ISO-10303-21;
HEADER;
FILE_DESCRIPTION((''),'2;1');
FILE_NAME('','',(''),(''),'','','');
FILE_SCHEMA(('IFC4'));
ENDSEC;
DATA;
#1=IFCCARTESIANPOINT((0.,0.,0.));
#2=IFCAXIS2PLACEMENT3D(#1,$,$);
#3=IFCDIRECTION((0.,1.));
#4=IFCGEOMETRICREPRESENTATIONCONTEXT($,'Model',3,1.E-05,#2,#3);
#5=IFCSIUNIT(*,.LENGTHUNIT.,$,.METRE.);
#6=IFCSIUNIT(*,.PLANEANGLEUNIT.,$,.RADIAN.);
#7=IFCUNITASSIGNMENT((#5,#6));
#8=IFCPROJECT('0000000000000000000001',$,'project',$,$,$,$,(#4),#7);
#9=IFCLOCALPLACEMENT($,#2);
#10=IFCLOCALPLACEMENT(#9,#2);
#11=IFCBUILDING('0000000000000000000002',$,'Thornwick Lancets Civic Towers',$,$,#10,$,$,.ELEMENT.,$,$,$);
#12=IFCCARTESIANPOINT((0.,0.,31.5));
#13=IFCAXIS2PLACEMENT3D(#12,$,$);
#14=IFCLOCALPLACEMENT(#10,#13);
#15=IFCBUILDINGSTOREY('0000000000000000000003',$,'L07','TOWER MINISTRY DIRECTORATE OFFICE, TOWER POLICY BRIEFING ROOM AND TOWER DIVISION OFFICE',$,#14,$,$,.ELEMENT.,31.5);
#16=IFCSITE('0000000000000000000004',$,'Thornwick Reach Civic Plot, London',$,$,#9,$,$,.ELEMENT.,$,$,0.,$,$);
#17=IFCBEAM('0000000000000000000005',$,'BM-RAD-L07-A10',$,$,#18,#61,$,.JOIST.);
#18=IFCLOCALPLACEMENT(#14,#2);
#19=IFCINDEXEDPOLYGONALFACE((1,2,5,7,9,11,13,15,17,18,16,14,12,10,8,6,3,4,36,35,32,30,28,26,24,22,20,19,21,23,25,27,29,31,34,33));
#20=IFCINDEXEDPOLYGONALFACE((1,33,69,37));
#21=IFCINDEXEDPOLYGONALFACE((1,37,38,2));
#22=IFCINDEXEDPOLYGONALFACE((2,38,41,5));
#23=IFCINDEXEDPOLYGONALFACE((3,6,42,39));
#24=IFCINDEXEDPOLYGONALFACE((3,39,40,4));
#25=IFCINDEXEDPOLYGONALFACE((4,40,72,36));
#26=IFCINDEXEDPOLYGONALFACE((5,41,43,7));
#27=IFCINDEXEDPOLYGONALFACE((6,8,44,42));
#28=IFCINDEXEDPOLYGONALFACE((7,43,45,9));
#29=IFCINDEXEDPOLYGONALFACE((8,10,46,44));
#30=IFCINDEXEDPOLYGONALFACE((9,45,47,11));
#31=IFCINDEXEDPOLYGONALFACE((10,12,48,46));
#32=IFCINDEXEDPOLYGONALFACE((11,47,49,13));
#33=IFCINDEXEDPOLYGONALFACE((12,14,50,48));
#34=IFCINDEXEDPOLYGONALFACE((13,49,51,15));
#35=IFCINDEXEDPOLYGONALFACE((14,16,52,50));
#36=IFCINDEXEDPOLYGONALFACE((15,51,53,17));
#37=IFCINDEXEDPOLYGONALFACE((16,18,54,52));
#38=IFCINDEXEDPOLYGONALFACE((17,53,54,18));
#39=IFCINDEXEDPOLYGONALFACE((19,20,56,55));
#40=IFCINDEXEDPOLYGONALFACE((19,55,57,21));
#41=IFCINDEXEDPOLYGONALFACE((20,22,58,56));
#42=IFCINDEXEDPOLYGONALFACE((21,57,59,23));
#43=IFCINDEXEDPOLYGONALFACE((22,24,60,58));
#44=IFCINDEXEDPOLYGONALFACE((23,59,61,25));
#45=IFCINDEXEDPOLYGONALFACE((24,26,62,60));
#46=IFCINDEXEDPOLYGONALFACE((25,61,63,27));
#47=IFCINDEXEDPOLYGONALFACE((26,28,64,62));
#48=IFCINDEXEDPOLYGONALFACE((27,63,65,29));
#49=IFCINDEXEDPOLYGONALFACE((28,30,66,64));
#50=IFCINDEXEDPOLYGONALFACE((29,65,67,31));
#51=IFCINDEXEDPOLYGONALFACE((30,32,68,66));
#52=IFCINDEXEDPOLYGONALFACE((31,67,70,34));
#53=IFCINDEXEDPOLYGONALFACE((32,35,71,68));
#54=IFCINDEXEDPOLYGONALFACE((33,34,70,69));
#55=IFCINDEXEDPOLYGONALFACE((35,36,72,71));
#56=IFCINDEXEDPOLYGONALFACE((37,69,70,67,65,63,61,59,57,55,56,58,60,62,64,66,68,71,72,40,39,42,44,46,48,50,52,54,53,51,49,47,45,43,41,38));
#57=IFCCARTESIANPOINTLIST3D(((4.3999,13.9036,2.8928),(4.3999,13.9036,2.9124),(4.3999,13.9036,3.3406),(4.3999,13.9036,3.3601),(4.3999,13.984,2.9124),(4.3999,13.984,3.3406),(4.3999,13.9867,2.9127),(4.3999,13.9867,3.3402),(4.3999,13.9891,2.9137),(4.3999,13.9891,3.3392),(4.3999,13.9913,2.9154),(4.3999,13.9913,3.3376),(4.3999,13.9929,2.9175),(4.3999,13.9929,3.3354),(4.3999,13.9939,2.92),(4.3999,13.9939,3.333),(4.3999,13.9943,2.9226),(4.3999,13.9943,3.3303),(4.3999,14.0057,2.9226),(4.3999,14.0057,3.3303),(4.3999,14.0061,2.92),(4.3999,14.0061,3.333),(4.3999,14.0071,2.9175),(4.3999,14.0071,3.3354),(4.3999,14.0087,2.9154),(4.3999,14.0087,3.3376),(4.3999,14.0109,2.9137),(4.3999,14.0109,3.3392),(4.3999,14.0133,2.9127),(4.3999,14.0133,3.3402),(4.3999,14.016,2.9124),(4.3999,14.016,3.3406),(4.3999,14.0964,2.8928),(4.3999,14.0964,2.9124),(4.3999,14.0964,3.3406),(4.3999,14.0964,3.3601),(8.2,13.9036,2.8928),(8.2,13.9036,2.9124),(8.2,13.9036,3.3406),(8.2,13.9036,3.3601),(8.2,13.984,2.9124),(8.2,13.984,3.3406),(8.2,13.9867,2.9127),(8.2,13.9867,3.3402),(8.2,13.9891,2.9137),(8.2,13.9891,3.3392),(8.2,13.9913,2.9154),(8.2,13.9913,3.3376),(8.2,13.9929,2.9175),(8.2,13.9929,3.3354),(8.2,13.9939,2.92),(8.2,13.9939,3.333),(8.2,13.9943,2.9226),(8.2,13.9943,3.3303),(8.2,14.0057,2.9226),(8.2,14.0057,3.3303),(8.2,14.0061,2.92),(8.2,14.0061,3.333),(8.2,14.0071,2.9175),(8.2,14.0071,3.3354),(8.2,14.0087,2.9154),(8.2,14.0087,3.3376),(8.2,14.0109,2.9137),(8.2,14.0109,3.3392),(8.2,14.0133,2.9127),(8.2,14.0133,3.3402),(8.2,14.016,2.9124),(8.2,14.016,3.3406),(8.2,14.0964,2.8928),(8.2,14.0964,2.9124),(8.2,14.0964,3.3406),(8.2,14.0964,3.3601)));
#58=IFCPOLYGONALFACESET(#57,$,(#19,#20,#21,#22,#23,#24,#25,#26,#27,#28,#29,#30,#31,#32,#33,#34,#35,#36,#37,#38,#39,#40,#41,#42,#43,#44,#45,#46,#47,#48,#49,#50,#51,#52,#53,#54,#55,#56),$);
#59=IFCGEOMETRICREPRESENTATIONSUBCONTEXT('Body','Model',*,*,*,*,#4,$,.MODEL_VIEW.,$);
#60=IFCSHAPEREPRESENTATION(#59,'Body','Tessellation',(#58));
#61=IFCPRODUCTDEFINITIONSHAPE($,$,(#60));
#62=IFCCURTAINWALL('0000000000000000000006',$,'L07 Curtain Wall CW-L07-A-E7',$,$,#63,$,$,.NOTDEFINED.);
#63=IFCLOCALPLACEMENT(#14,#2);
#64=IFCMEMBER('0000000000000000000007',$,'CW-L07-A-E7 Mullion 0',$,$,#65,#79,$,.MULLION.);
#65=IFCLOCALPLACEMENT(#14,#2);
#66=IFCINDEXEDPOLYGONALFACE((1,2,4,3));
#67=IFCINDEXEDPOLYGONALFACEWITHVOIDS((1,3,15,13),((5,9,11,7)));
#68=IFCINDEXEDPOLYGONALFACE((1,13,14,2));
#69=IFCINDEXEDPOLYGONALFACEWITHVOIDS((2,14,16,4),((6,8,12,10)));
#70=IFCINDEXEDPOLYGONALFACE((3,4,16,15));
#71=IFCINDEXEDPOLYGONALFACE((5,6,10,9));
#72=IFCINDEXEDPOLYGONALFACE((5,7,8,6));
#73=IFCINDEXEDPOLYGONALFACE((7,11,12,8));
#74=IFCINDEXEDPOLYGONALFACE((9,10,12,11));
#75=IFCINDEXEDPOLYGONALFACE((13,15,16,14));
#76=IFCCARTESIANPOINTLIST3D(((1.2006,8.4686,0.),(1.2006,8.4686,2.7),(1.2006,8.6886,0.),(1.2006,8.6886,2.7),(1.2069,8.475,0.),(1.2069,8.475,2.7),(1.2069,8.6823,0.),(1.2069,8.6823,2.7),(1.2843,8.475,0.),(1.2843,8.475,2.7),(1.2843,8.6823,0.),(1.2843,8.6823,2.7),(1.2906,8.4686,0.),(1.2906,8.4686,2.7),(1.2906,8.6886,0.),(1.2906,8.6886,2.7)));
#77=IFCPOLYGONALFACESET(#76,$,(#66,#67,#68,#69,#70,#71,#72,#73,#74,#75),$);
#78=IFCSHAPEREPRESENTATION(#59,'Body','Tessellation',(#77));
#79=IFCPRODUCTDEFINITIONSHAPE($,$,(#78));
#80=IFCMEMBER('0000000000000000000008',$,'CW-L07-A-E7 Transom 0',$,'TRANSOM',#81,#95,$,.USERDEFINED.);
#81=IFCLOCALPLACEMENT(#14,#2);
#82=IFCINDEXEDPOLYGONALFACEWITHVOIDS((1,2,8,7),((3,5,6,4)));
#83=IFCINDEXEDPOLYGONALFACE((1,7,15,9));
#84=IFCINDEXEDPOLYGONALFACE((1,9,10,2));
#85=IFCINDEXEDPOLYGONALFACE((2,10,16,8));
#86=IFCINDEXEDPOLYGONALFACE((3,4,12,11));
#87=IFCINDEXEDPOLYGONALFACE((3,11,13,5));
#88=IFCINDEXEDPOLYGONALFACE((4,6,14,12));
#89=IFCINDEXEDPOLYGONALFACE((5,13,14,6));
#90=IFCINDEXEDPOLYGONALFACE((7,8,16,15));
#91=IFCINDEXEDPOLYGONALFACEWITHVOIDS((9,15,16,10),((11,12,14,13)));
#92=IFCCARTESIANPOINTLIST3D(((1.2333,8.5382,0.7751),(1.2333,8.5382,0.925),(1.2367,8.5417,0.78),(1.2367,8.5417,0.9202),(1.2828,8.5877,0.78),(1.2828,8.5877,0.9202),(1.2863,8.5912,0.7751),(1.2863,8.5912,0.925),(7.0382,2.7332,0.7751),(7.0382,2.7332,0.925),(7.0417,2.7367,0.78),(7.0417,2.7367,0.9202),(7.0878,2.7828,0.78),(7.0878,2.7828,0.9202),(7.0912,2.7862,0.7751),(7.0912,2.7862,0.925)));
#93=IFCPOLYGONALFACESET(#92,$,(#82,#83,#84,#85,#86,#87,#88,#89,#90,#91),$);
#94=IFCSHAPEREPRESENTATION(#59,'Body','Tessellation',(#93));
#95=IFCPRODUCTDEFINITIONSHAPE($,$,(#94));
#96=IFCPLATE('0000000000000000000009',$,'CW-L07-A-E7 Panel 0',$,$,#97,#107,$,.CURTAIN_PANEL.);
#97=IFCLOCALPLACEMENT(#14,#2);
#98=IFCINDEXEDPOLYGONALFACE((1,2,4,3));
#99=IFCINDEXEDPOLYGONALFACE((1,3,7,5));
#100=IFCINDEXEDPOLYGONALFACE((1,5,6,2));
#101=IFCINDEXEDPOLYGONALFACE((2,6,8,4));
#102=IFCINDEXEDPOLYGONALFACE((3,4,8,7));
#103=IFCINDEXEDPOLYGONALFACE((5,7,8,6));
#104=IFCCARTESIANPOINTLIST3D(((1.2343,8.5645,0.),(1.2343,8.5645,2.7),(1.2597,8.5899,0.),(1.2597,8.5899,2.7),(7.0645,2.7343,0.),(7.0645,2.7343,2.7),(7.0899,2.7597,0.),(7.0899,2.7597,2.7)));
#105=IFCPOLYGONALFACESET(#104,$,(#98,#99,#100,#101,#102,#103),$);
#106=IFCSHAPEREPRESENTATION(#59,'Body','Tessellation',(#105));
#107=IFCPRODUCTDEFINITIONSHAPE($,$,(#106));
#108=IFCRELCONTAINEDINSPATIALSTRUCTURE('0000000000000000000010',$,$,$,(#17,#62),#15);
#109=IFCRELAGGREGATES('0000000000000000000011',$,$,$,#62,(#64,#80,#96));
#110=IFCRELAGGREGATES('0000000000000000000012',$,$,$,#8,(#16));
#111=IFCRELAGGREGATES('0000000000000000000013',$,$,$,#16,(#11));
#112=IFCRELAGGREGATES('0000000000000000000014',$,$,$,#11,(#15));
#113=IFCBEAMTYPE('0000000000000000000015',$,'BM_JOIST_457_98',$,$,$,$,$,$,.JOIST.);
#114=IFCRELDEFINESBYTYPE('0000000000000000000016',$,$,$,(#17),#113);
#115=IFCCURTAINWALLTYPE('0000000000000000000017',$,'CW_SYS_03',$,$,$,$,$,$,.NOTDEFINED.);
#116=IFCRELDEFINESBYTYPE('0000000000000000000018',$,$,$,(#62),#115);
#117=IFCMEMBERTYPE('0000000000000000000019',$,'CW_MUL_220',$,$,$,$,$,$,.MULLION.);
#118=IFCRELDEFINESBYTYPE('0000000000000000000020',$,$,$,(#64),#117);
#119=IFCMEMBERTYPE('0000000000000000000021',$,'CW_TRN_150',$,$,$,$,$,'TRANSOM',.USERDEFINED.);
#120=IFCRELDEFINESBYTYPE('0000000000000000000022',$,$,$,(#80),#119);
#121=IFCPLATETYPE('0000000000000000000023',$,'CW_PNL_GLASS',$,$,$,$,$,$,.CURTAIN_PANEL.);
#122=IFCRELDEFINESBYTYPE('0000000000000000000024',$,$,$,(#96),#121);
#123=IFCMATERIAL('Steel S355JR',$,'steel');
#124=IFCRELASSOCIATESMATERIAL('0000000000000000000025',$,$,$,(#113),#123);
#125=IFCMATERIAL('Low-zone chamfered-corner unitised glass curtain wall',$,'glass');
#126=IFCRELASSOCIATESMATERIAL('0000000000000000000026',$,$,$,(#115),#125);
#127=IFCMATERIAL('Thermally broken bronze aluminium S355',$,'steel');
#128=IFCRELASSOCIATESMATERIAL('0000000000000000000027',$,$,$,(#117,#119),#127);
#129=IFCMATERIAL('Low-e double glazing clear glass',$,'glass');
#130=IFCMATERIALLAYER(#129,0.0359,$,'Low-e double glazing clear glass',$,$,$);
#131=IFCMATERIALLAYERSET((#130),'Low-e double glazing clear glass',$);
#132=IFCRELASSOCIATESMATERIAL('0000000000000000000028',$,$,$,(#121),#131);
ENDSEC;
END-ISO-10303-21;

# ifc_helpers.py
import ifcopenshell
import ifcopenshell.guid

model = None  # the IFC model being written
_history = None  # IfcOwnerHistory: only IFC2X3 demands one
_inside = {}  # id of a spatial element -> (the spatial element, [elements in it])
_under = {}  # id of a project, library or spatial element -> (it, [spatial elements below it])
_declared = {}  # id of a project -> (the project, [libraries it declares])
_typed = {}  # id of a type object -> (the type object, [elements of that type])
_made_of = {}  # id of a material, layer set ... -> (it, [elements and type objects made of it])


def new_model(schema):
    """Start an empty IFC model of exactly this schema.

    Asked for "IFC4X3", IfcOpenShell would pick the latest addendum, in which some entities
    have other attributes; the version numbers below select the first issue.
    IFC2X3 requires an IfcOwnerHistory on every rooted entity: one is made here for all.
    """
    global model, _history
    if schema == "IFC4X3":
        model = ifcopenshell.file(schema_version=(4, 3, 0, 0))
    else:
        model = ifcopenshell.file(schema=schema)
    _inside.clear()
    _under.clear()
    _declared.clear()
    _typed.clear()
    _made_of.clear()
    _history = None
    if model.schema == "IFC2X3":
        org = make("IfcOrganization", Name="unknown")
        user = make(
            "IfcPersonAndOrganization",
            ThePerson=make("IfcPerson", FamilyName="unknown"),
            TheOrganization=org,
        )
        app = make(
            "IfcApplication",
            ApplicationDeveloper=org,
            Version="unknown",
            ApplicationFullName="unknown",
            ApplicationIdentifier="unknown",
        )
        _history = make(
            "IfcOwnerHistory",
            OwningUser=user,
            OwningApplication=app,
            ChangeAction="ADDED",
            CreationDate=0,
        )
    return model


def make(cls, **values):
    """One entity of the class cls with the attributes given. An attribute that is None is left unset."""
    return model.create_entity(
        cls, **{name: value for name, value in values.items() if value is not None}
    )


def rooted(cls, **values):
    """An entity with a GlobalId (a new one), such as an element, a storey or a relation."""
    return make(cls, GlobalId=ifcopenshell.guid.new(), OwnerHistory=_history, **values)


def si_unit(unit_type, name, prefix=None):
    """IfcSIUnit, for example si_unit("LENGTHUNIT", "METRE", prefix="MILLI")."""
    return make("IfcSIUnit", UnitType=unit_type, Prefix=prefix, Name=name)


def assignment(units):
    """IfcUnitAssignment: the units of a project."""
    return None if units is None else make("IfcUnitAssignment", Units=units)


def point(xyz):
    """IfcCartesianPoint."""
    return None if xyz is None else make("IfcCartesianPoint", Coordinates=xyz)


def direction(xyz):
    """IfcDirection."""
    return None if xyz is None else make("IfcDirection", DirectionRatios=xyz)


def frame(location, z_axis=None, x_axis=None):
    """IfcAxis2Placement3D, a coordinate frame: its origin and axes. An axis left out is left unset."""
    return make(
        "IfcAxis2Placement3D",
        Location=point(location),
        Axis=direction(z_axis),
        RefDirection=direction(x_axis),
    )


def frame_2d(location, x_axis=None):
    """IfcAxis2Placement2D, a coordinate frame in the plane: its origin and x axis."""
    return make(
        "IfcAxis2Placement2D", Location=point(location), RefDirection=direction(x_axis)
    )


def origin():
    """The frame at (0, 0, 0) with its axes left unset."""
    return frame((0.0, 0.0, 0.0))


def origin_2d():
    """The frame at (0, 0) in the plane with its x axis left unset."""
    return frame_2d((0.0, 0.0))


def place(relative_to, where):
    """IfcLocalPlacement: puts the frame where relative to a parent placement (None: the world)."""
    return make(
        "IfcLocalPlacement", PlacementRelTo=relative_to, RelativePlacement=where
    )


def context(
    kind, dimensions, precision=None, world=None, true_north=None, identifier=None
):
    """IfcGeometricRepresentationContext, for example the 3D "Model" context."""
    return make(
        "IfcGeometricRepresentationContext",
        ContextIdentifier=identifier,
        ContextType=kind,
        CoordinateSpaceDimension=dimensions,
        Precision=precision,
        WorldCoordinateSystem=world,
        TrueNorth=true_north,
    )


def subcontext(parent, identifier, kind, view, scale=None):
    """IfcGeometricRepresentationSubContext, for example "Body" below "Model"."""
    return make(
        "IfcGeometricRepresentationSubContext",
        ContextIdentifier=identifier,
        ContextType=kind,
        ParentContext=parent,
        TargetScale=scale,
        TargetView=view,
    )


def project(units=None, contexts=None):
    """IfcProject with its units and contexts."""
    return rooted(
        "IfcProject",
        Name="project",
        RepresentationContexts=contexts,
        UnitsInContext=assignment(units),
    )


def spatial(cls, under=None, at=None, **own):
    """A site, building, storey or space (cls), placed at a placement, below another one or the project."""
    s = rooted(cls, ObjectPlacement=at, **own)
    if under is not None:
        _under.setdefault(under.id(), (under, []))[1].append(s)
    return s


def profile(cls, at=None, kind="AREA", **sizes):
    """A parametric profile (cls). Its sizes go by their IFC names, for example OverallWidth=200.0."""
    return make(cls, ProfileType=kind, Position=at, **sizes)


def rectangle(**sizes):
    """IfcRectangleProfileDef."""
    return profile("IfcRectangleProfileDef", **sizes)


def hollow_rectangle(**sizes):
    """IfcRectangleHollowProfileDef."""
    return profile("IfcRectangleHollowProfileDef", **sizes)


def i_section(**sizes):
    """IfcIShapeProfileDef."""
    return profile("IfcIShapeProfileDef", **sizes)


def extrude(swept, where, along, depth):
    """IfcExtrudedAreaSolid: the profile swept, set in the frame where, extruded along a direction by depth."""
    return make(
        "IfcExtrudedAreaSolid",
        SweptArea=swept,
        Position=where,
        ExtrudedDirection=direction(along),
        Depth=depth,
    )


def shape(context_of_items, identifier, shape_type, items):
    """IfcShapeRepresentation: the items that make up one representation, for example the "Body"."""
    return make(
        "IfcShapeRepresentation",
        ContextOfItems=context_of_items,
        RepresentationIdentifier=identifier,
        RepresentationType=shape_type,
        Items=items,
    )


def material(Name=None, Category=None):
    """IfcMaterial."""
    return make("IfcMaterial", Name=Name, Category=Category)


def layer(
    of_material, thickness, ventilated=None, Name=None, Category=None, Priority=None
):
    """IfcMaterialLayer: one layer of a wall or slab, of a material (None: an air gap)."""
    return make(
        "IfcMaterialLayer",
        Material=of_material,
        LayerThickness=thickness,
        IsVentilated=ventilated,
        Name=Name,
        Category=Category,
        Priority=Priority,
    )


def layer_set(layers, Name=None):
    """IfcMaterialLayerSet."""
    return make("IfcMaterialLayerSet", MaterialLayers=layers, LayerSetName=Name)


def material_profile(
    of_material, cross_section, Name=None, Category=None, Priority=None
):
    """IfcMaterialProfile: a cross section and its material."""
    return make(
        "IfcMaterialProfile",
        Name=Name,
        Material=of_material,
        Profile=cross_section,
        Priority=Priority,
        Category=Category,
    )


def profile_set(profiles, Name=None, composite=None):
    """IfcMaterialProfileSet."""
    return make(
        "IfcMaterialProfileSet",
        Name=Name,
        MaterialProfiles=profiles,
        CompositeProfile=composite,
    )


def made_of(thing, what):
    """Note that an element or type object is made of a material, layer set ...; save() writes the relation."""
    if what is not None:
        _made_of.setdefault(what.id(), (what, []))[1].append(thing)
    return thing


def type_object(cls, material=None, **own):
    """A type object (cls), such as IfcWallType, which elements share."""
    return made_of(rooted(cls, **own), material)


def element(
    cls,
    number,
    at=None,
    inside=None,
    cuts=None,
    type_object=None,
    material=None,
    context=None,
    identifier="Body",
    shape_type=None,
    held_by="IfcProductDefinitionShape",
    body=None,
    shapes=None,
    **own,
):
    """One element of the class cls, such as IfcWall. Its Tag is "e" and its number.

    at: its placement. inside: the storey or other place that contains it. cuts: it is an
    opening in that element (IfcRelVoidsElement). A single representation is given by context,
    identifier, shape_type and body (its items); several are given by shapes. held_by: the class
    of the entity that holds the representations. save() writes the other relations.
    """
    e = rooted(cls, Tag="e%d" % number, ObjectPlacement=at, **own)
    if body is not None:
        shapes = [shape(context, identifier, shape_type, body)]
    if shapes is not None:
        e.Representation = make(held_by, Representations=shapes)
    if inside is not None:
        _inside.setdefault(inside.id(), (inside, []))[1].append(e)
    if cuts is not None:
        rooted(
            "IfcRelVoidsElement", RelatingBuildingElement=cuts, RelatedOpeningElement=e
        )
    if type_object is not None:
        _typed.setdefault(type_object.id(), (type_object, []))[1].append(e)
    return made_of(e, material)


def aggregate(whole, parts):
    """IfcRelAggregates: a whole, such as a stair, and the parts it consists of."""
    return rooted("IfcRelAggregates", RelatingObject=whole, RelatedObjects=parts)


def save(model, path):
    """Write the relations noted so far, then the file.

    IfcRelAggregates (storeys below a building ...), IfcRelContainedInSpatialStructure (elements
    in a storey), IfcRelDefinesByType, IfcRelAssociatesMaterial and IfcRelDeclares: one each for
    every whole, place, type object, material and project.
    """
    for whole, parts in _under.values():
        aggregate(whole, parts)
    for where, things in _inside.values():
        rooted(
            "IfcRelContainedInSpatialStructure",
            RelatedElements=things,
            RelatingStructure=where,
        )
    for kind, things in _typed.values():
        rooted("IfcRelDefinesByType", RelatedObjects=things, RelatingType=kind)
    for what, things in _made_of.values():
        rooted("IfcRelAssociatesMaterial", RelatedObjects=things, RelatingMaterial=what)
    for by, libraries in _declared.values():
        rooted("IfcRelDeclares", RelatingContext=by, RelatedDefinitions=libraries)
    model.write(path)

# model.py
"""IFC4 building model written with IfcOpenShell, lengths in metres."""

from ifc_helpers import new_model, si_unit, direction, frame, origin, origin_2d, place, context, subcontext, project, spatial, rectangle, hollow_rectangle, i_section, extrude, material, layer, layer_set, material_profile, profile_set, type_object, element, aggregate, save


model = new_model("IFC4")

# Units and contexts
model_context = context("Model", 3, precision=1e-05, world=origin(), true_north=direction((0.0, 1.0)))
body_context = subcontext(model_context, "Body", "Model", "MODEL_VIEW")
ifc_project = project(units=[si_unit("LENGTHUNIT", "METRE"), si_unit("PLANEANGLEUNIT", "RADIAN")], contexts=[model_context])

# Site, building, storey
site_placement = place(None, origin())
site = spatial("IfcSite", under=ifc_project, at=site_placement, Name="Thornwick Reach Civic Plot, London", CompositionType="ELEMENT", RefElevation=0.0)
building_placement = place(site_placement, origin())
building = spatial("IfcBuilding", under=site, at=building_placement, Name="Thornwick Lancets Civic Towers", CompositionType="ELEMENT")
storey_placement = place(building_placement, frame((0.0, 0.0, 31.5)))
storey = spatial("IfcBuildingStorey", under=building, at=storey_placement, Name="L07", Description="TOWER MINISTRY DIRECTORATE OFFICE, TOWER POLICY BRIEFING ROOM AND TOWER DIVISION OFFICE", CompositionType="ELEMENT", Elevation=31.5)

# Beam
ifc_material_1 = material(Name="Steel S355JR", Category="steel")
ifc_material_profile_1 = material_profile(ifc_material_1, i_section(OverallWidth=0.1929, OverallDepth=0.4673, WebThickness=0.0115, FlangeThickness=0.0195, FilletRadius=0.0103, at=origin_2d()), Name="UKB 457x191x98")
ifc_profile_set_1 = profile_set([ifc_material_profile_1], Name="Steel S355JR")
beam_type_1 = type_object("IfcBeamType", Name="BM_JOIST_457_98", PredefinedType="JOIST", material=ifc_profile_set_1)
for number, where, z_axis, x_axis, name in (
    (1, (8.2, 14.0, 3.1265), (-1.0, 0.0, 0.0), (0.0, -1.0, 0.0), "BM-RAD-L07-A10"),
):
    element("IfcBeam", number, at=place(storey_placement, frame(where, z_axis=z_axis, x_axis=x_axis)), inside=storey, type_object=beam_type_1, Name=name, PredefinedType="JOIST", context=body_context, shape_type="SweptSolid", body=[
        extrude(i_section(OverallWidth=0.1929, OverallDepth=0.4673, WebThickness=0.0115, FlangeThickness=0.0195, FilletRadius=0.0103, at=origin_2d()), origin(), (0.0, 0.0, 1.0), 3.8),
    ])

# Curtain wall, members, plate
ifc_material_2 = material(Name="Low-zone chamfered-corner unitised glass curtain wall", Category="glass")
curtain_wall_type = type_object("IfcCurtainWallType", Name="CW_SYS_03", PredefinedType="NOTDEFINED", material=ifc_material_2)
curtain_wall_placement = place(storey_placement, origin())
curtain_wall = element("IfcCurtainWall", 2, at=curtain_wall_placement, inside=storey, type_object=curtain_wall_type, Name="L07 Curtain Wall CW-L07-A-E7", PredefinedType="NOTDEFINED")
ifc_material_3 = material(Name="Thermally broken bronze aluminium S355", Category="steel")
ifc_material_profile_2 = material_profile(ifc_material_3, hollow_rectangle(XDim=0.0901, YDim=0.22, WallThickness=0.0063, at=origin_2d()), Name="RHS 220x90x6.3")
ifc_profile_set_2 = profile_set([ifc_material_profile_2], Name="Thermally broken bronze aluminium S355")
member_type_1 = type_object("IfcMemberType", Name="CW_MUL_220", PredefinedType="MULLION", material=ifc_profile_set_2)
member_1_placement = place(storey_placement, frame((1.2456, 8.5786, 0.0), z_axis=(0.0, 0.0, 1.0), x_axis=(1.0, 0.0, 0.0)))
member_1 = element("IfcMember", 3, at=member_1_placement, type_object=member_type_1, Name="CW-L07-A-E7 Mullion 0", PredefinedType="MULLION", context=body_context, shape_type="SweptSolid", body=[
    extrude(hollow_rectangle(XDim=0.0901, YDim=0.22, WallThickness=0.0063, at=origin_2d()), origin(), (0.0, 0.0, 1.0), 2.7),
])
ifc_material_profile_3 = material_profile(ifc_material_3, hollow_rectangle(XDim=0.075, YDim=0.1499, WallThickness=0.0049, at=origin_2d()), Name="RHS 150x75x5")
ifc_profile_set_3 = profile_set([ifc_material_profile_3], Name="Thermally broken bronze aluminium S355")
member_type_2 = type_object("IfcMemberType", Name="CW_TRN_150", ElementType="TRANSOM", PredefinedType="USERDEFINED", material=ifc_profile_set_3)
member_2_placement = place(storey_placement, frame((1.2598, 8.5647, 0.8501), z_axis=(0.707107, -0.707107, 0.0), x_axis=(0.707107, 0.707107, 0.0)))
member_2 = element("IfcMember", 4, at=member_2_placement, type_object=member_type_2, Name="CW-L07-A-E7 Transom 0", ObjectType="TRANSOM", PredefinedType="USERDEFINED", context=body_context, shape_type="SweptSolid", body=[
    extrude(hollow_rectangle(XDim=0.075, YDim=0.1499, WallThickness=0.0049, at=origin_2d()), origin(), (0.0, 0.0, 1.0), 8.2095),
])
ifc_material_4 = material(Name="Low-e double glazing clear glass", Category="glass")
ifc_layer = layer(ifc_material_4, 0.0359, Name="Low-e double glazing clear glass")
ifc_layer_set = layer_set([ifc_layer], Name="Low-e double glazing clear glass")
plate_type = type_object("IfcPlateType", Name="CW_PNL_GLASS", PredefinedType="CURTAIN_PANEL", material=ifc_layer_set)
plate_placement = place(storey_placement, frame((4.1621, 5.6621, 0.0), z_axis=(0.0, 0.0, 1.0), x_axis=(0.707107, -0.707107, 0.0)))
plate = element("IfcPlate", 5, at=plate_placement, type_object=plate_type, Name="CW-L07-A-E7 Panel 0", PredefinedType="CURTAIN_PANEL", context=body_context, shape_type="SweptSolid", body=[
    extrude(rectangle(XDim=8.2451, YDim=0.0359, at=origin_2d()), origin(), (0.0, 0.0, 1.0), 2.7),
])
aggregate(curtain_wall, [member_1, member_2, plate])

save(model, "model.ifc")
